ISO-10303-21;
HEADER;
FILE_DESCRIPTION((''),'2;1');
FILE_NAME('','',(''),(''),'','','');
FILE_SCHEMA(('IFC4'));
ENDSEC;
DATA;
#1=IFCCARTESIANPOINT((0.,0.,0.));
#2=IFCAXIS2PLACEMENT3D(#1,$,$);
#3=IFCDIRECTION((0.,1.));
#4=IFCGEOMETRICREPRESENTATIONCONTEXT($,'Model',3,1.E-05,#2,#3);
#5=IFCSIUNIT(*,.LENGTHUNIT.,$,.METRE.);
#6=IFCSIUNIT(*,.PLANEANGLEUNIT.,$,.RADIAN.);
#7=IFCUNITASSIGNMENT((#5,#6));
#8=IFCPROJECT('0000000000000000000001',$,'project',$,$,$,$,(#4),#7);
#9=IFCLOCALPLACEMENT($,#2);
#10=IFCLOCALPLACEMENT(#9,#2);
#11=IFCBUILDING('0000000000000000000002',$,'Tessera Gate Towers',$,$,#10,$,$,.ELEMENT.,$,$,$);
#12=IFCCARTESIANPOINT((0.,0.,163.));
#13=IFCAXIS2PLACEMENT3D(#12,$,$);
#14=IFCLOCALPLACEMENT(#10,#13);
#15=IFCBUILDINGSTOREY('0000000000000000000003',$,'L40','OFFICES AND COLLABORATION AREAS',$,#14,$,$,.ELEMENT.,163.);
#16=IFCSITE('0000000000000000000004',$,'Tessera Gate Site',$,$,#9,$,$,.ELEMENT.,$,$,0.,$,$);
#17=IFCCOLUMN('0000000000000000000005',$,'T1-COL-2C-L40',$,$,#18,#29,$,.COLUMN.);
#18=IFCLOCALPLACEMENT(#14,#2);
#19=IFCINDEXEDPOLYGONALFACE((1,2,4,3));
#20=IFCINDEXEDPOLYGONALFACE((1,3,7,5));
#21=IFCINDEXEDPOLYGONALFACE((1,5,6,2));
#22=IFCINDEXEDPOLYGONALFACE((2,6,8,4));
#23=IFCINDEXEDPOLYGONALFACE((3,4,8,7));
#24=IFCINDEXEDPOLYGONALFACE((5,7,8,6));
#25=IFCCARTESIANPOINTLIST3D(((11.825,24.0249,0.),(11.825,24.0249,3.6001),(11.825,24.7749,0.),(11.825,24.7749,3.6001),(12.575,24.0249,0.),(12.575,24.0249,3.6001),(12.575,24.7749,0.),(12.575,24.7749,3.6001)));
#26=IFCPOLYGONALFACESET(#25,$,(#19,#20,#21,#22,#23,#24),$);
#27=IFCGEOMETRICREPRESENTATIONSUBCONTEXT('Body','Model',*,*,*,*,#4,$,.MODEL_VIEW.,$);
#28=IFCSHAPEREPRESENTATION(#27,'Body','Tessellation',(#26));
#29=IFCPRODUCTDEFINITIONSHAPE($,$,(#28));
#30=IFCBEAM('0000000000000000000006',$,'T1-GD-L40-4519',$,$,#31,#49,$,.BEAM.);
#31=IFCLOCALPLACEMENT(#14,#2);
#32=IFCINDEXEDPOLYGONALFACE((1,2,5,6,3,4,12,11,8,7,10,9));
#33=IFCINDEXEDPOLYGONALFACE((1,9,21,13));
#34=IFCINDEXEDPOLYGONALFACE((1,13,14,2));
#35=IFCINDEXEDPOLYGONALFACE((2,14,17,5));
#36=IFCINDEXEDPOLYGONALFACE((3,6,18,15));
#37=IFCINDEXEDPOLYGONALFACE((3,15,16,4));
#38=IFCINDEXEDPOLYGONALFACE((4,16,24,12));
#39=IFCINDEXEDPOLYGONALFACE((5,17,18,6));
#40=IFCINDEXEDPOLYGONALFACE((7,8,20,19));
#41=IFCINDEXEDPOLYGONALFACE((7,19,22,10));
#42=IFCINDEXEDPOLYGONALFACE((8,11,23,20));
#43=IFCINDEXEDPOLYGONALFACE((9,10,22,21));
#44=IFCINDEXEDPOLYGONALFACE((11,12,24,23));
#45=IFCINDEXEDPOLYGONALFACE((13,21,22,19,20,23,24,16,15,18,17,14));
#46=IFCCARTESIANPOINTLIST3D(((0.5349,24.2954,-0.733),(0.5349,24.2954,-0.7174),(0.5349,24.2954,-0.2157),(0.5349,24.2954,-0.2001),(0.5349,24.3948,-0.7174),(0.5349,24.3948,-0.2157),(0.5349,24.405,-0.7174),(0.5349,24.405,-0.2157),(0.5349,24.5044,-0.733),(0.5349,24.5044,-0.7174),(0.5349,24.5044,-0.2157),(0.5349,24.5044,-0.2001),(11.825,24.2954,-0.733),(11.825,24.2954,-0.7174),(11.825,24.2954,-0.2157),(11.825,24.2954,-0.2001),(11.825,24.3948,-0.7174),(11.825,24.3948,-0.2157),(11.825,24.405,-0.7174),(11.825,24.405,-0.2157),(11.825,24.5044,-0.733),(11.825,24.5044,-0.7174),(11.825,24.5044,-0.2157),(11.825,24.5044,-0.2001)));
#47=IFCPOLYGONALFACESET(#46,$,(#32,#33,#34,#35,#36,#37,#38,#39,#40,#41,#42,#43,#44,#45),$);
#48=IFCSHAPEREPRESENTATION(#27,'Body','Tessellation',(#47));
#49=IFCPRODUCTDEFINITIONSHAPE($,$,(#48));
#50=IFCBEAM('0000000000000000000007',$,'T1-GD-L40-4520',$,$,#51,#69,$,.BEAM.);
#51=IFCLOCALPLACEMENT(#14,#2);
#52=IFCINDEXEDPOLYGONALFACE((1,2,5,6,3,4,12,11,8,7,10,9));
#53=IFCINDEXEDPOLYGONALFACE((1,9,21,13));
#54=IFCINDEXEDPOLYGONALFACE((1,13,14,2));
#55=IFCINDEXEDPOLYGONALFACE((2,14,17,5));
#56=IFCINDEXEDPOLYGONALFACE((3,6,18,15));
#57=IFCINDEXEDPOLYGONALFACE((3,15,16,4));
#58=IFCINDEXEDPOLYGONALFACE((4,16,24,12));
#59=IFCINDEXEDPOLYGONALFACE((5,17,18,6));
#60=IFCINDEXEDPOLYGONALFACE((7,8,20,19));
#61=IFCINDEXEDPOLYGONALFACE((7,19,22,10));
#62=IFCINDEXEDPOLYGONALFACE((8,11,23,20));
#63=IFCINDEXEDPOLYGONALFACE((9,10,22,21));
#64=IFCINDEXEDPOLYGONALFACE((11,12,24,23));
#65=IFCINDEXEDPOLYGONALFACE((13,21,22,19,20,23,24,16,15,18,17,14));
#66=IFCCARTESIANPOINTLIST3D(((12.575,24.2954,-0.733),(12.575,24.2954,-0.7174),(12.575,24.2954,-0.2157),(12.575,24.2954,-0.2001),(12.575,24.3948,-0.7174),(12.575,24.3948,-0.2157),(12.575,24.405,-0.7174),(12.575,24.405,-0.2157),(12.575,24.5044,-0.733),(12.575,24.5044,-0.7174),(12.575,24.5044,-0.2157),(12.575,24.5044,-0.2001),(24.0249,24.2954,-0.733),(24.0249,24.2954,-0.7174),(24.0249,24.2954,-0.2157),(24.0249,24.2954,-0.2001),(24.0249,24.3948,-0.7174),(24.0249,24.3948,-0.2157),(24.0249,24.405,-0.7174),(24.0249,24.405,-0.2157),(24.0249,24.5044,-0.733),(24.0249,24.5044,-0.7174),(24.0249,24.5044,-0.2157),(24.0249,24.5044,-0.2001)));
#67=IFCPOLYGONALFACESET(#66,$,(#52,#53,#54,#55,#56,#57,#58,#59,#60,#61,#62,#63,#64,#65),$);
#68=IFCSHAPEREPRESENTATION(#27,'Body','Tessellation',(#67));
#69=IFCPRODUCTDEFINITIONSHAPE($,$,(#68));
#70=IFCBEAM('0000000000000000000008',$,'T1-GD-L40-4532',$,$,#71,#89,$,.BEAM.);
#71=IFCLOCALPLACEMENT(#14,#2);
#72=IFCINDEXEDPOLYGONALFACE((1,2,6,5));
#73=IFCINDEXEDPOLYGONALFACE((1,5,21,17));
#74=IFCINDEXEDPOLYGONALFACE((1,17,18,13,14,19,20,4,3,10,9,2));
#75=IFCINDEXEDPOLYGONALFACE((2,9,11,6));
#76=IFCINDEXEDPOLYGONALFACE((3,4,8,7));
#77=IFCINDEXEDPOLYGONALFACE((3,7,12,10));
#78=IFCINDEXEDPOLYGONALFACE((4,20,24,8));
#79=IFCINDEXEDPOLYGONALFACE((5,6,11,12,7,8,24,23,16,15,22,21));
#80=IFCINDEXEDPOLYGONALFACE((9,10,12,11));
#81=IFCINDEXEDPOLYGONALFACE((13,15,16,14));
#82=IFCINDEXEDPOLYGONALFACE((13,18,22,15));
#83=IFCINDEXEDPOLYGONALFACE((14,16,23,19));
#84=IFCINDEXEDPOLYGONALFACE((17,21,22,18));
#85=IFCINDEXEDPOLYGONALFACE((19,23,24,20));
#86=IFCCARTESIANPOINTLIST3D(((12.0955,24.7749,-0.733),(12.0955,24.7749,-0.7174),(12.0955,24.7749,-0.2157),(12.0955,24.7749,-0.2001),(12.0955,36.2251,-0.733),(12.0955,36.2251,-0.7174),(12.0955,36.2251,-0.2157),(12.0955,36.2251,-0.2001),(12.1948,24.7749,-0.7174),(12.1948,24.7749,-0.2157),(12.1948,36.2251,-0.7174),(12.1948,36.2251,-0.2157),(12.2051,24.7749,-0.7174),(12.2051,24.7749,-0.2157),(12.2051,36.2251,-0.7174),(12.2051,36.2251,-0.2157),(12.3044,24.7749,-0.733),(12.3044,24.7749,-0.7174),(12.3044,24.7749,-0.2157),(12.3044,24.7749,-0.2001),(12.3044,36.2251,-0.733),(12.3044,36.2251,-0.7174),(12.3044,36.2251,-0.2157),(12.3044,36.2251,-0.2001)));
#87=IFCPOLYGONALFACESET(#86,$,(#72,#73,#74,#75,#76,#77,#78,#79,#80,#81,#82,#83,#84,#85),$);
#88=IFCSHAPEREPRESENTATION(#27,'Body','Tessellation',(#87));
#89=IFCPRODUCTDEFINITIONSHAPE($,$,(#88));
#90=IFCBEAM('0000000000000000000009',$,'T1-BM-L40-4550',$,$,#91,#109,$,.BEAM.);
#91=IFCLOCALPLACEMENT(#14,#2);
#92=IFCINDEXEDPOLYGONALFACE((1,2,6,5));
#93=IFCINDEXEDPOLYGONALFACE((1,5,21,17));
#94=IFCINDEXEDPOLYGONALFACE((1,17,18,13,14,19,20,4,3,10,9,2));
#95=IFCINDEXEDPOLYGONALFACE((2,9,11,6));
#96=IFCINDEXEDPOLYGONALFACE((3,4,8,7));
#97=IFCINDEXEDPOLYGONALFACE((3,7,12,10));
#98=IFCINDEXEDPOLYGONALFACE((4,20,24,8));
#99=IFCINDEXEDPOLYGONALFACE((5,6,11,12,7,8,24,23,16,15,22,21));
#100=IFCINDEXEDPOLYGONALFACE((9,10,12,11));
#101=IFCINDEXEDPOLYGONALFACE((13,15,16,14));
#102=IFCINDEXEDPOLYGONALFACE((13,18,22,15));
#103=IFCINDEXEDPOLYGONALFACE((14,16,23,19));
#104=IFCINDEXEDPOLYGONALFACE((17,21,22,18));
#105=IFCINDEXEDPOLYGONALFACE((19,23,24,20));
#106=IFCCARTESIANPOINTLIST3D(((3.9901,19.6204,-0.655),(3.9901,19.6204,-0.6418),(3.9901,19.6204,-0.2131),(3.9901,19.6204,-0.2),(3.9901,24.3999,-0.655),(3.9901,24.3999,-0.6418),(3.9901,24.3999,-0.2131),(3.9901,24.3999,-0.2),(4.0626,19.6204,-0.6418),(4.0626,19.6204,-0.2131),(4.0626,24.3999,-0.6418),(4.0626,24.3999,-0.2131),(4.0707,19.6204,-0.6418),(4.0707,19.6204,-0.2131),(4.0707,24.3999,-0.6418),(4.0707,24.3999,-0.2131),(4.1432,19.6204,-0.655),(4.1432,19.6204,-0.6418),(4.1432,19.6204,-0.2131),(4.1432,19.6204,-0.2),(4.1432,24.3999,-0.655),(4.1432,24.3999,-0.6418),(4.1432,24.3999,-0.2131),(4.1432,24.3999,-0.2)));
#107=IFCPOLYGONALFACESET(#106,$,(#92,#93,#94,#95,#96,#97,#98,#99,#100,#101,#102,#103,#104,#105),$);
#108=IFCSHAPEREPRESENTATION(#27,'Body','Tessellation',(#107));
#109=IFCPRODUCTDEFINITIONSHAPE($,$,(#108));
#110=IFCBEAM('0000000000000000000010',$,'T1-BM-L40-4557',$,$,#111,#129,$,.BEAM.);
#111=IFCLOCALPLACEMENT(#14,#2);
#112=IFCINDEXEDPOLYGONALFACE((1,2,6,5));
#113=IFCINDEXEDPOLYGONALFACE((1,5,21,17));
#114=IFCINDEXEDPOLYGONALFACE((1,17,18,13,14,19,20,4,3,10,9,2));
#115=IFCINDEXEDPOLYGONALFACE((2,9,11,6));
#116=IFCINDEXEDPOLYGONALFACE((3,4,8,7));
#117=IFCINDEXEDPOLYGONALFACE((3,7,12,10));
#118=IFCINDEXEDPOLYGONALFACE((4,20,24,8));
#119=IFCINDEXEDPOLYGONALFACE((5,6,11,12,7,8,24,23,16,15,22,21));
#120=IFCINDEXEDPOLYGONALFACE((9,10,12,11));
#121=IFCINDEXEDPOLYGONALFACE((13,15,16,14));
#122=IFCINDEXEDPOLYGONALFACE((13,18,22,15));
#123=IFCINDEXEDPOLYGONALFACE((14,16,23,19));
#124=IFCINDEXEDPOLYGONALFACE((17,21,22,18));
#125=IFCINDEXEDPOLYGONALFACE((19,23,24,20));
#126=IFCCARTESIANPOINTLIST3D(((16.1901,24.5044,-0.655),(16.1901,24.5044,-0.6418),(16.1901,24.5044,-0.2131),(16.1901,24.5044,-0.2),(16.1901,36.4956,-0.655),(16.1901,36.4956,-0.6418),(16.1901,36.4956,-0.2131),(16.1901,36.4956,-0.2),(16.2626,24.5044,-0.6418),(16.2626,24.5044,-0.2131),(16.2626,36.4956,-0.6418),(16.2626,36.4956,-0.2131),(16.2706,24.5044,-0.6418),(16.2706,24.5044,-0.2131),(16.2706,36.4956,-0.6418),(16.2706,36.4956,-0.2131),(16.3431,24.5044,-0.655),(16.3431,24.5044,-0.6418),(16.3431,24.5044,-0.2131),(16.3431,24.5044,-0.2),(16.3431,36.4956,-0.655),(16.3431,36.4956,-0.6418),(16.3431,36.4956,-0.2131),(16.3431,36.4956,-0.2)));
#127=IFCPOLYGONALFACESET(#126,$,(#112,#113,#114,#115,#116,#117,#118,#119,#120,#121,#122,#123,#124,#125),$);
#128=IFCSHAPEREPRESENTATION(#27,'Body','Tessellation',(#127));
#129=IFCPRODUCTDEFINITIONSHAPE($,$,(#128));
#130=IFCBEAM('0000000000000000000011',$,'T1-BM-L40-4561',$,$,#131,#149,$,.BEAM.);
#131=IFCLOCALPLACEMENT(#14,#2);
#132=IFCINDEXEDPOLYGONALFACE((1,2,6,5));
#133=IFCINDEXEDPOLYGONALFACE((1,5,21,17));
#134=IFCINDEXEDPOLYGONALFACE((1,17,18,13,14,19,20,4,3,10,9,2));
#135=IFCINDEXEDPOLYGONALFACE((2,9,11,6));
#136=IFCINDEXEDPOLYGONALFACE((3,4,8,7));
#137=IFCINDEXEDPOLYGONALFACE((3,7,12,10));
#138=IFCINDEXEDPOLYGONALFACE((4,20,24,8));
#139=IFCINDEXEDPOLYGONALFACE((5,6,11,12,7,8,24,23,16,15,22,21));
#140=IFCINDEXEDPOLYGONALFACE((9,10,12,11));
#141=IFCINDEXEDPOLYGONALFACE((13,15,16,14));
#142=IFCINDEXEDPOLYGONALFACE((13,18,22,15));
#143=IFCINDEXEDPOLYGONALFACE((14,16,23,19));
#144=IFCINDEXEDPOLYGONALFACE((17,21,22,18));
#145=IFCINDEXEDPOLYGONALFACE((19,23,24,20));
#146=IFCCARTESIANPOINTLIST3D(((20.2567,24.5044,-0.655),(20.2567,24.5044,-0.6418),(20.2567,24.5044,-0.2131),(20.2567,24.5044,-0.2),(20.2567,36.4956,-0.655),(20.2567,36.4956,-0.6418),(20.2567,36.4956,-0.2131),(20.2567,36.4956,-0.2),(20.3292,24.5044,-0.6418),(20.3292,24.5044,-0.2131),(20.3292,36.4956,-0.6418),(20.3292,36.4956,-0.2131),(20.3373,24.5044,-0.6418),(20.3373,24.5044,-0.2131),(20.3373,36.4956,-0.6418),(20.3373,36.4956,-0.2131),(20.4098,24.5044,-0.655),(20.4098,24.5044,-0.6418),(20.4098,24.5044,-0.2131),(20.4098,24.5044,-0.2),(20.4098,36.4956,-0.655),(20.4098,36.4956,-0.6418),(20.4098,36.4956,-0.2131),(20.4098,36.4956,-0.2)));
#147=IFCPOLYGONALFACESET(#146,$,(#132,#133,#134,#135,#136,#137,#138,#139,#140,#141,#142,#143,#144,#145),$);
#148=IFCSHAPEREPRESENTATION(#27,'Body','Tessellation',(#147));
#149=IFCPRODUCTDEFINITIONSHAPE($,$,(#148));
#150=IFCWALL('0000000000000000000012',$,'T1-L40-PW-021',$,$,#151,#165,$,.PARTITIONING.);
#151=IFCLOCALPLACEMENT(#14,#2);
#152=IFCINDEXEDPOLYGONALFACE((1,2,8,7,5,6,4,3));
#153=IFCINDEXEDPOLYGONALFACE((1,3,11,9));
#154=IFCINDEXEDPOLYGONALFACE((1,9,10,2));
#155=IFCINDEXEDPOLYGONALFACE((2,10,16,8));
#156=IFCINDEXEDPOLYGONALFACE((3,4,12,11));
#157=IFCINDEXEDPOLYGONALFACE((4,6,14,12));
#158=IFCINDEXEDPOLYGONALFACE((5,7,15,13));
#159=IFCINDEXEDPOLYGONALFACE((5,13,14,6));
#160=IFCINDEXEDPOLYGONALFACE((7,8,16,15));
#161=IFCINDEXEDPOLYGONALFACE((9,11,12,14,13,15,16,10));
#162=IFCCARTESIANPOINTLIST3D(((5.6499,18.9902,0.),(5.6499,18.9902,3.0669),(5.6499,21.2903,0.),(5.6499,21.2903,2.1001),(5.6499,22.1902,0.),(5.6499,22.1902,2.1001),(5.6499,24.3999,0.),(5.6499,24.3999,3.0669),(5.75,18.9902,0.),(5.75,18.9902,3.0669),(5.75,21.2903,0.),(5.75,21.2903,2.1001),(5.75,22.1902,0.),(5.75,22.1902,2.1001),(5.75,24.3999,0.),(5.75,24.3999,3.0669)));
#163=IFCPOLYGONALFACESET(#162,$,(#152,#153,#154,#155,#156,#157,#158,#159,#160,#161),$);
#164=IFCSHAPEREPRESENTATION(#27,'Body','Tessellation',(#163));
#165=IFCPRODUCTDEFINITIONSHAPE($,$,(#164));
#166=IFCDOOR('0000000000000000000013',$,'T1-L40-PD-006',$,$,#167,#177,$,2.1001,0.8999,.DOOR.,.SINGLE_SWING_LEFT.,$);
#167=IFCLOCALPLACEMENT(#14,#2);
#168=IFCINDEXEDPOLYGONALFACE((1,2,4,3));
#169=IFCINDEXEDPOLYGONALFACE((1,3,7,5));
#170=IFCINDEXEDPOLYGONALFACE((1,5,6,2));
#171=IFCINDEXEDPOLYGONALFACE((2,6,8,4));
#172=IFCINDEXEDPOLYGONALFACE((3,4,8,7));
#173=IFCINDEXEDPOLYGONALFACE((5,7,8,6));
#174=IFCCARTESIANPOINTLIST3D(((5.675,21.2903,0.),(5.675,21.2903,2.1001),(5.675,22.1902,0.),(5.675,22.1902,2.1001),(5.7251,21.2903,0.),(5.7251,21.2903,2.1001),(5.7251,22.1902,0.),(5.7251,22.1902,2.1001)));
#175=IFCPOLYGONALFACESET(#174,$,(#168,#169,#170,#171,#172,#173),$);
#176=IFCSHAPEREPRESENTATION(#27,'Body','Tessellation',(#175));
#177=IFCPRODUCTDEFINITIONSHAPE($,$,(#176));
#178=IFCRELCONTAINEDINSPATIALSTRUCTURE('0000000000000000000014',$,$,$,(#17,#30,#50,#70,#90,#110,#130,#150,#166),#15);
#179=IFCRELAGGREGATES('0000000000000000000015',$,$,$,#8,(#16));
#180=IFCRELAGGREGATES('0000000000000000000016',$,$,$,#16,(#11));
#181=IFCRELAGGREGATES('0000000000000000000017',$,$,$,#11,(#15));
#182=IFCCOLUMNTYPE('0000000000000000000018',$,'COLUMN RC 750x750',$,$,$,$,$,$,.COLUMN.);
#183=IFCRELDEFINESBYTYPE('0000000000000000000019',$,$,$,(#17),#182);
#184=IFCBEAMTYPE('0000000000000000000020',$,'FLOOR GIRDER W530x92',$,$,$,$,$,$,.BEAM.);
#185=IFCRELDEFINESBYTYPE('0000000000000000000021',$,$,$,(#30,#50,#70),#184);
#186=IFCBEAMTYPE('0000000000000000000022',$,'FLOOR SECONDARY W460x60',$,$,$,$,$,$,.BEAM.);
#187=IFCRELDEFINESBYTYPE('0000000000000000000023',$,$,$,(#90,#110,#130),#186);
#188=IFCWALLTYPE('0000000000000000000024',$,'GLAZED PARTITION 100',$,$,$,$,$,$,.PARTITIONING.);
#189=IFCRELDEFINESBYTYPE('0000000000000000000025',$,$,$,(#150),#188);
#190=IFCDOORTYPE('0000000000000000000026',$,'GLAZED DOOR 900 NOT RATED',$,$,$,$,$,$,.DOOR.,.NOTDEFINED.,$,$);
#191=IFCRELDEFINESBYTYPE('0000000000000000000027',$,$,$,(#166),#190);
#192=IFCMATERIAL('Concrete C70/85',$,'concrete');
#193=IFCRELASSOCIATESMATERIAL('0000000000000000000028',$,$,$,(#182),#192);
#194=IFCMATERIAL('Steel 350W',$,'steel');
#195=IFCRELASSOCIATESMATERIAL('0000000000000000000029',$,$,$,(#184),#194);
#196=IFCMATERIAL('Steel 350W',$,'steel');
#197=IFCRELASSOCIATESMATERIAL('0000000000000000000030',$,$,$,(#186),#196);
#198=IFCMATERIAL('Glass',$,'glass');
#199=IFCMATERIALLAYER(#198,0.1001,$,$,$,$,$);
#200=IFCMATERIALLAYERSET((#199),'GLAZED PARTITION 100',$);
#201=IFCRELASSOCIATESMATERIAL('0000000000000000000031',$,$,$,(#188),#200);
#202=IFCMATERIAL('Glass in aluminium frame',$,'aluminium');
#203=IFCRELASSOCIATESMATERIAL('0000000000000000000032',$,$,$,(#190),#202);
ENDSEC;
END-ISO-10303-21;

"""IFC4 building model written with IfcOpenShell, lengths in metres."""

from ifc_helpers import new_model, si_unit, direction, frame, frame_2d, origin, origin_2d, place, context, subcontext, project, spatial, rectangle, i_section, extrude, source, transform, mapped, material, layer, layer_set, material_profile, profile_set, type_object, element, fill, save


model = new_model("IFC4")

# Units and contexts
model_context = context("Model", 3, precision=1e-05, world=origin(), true_north=direction((0.0, 1.0)))
body_context = subcontext(model_context, "Body", "Model", "MODEL_VIEW")
ifc_project = project(units=[si_unit("LENGTHUNIT", "METRE"), si_unit("PLANEANGLEUNIT", "RADIAN")], contexts=[model_context])

# Site, building, storey
site_placement = place(None, origin())
site = spatial("IfcSite", under=ifc_project, at=site_placement, Name="Tessera Gate Site", CompositionType="ELEMENT", RefElevation=0.0)
building_placement = place(site_placement, origin())
building = spatial("IfcBuilding", under=site, at=building_placement, Name="Tessera Gate Towers", CompositionType="ELEMENT")
storey_placement = place(building_placement, frame((0.0, 0.0, 163.0)))
storey = spatial("IfcBuildingStorey", under=building, at=storey_placement, Name="L40", Description="OFFICES AND COLLABORATION AREAS", CompositionType="ELEMENT", Elevation=163.0)

# Column
ifc_material_1 = material(Name="Concrete C70/85", Category="concrete")
ifc_material_profile_1 = material_profile(ifc_material_1, rectangle(XDim=0.75, YDim=0.75, at=origin_2d()), Name="RC 750x750")
ifc_profile_set_1 = profile_set([ifc_material_profile_1], Name="Concrete C70/85")
column_type = type_object("IfcColumnType", Name="COLUMN RC 750x750", PredefinedType="COLUMN", material=ifc_profile_set_1)
column_placement = place(storey_placement, frame((12.2, 24.3999, 0.0), z_axis=(0.0, 0.0, 1.0), x_axis=(1.0, 0.0, 0.0)))
element("IfcColumn", 1, at=column_placement, inside=storey, type_object=column_type, Name="T1-COL-2C-L40", PredefinedType="COLUMN", context=body_context, shape_type="SweptSolid", body=[
    extrude(rectangle(XDim=0.75, YDim=0.75, at=origin_2d()), origin(), (0.0, 0.0, 1.0), 3.6001),
])

# Beams
ifc_material_2 = material(Name="Steel 350W", Category="steel")
ifc_material_profile_2 = material_profile(ifc_material_2, i_section(OverallWidth=0.209, OverallDepth=0.533, WebThickness=0.0103, FlangeThickness=0.0156, at=origin_2d()), Name="W530x92")
ifc_profile_set_2 = profile_set([ifc_material_profile_2], Name="Steel 350W")
beam_type_1 = type_object("IfcBeamType", Name="FLOOR GIRDER W530x92", PredefinedType="BEAM", material=ifc_profile_set_2)
beam_1_placement = place(storey_placement, frame((0.5349, 24.3999, -0.4666), z_axis=(1.0, 0.0, 0.0), x_axis=(0.0, 1.0, 0.0)))
element("IfcBeam", 2, at=beam_1_placement, inside=storey, type_object=beam_type_1, Name="T1-GD-L40-4519", PredefinedType="BEAM", context=body_context, shape_type="SweptSolid", body=[
    extrude(i_section(OverallWidth=0.209, OverallDepth=0.533, WebThickness=0.0103, FlangeThickness=0.0156, at=origin_2d()), origin(), (0.0, 0.0, 1.0), 11.29),
])
beam_2_placement = place(storey_placement, frame((12.575, 24.3999, -0.4666), z_axis=(1.0, 0.0, 0.0), x_axis=(0.0, 1.0, 0.0)))
element("IfcBeam", 3, at=beam_2_placement, inside=storey, type_object=beam_type_1, Name="T1-GD-L40-4520", PredefinedType="BEAM", context=body_context, shape_type="SweptSolid", body=[
    extrude(i_section(OverallWidth=0.209, OverallDepth=0.533, WebThickness=0.0103, FlangeThickness=0.0156, at=origin_2d()), origin(), (0.0, 0.0, 1.0), 11.45),
])
beam_3_placement = place(storey_placement, frame((12.2, 24.7749, -0.4666), z_axis=(0.0, 1.0, 0.0), x_axis=(-1.0, 0.0, 0.0)))
element("IfcBeam", 4, at=beam_3_placement, inside=storey, type_object=beam_type_1, Name="T1-GD-L40-4532", PredefinedType="BEAM", context=body_context, shape_type="SweptSolid", body=[
    extrude(i_section(OverallWidth=0.209, OverallDepth=0.533, WebThickness=0.0103, FlangeThickness=0.0156, at=origin_2d()), origin(), (0.0, 0.0, 1.0), 11.4502),
])
ifc_material_3 = material(Name="Steel 350W", Category="steel")
ifc_material_profile_3 = material_profile(ifc_material_3, i_section(OverallWidth=0.1531, OverallDepth=0.4551, WebThickness=0.0081, FlangeThickness=0.0132, at=origin_2d()), Name="W460x60")
ifc_profile_set_3 = profile_set([ifc_material_profile_3], Name="Steel 350W")
beam_type_2 = type_object("IfcBeamType", Name="FLOOR SECONDARY W460x60", PredefinedType="BEAM", material=ifc_profile_set_3)
beam_4_placement = place(storey_placement, frame((4.0667, 19.6204, -0.4275), z_axis=(0.0, 1.0, 0.0), x_axis=(-1.0, 0.0, 0.0)))
element("IfcBeam", 5, at=beam_4_placement, inside=storey, type_object=beam_type_2, Name="T1-BM-L40-4550", PredefinedType="BEAM", context=body_context, shape_type="SweptSolid", body=[
    extrude(i_section(OverallWidth=0.1531, OverallDepth=0.4551, WebThickness=0.0081, FlangeThickness=0.0132, at=origin_2d()), origin(), (0.0, 0.0, 1.0), 4.7795),
])
for number, where, z_axis, x_axis, name in (
    (6, (16.2666, 24.5044, -0.4275), (0.0, 1.0, 0.0), (-1.0, 0.0, 0.0), "T1-BM-L40-4557"),
    (7, (20.3333, 24.5044, -0.4275), (0.0, 1.0, 0.0), (-1.0, 0.0, 0.0), "T1-BM-L40-4561"),
):
    element("IfcBeam", number, at=place(storey_placement, frame(where, z_axis=z_axis, x_axis=x_axis)), inside=storey, type_object=beam_type_2, Name=name, PredefinedType="BEAM", context=body_context, shape_type="SweptSolid", body=[
        extrude(i_section(OverallWidth=0.1531, OverallDepth=0.4551, WebThickness=0.0081, FlangeThickness=0.0132, at=origin_2d()), origin(), (0.0, 0.0, 1.0), 11.9912),
    ])

# Wall, opening, door
ifc_material_4 = material(Name="Glass", Category="glass")
ifc_layer_1 = layer(ifc_material_4, 0.1001)
ifc_layer_set_1 = layer_set([ifc_layer_1], Name="GLAZED PARTITION 100")
wall_type_1 = type_object("IfcWallType", Name="GLAZED PARTITION 100", PredefinedType="PARTITIONING", material=ifc_layer_set_1)
wall_1_placement = place(storey_placement, frame((5.7, 18.9902, 0.0), z_axis=(0.0, 0.0, 1.0), x_axis=(0.0, 1.0, 0.0)))
wall_1 = element("IfcWall", 8, at=wall_1_placement, inside=storey, type_object=wall_type_1, Name="T1-L40-PW-021", PredefinedType="PARTITIONING", context=body_context, shape_type="SweptSolid", body=[
    extrude(rectangle(XDim=5.4097, YDim=0.1001, at=frame_2d((2.7048, 0.0))), origin(), (0.0, 0.0, 1.0), 3.0669),
])
shared_shape_1 = source(origin(), body_context, "Body", "SweptSolid", [
    extrude(rectangle(XDim=0.8999, YDim=2.1001, at=frame_2d((0.45, 1.05))), frame((0.0, 0.0601, 0.0), z_axis=(0.0, -1.0, 0.0), x_axis=(1.0, 0.0, 0.0)), (0.0, 0.0, 1.0), 0.1201),
])
opening_1_placement = place(wall_1_placement, frame((2.3, 0.0, 0.0)))
opening_1 = element("IfcOpeningElement", 9, at=opening_1_placement, cuts=wall_1, PredefinedType="OPENING", context=body_context, shape_type="MappedRepresentation", body=[
    mapped(shared_shape_1, transform((0.0, 0.0, 0.0), scale=1.0)),
])
ifc_material_5 = material(Name="Glass in aluminium frame", Category="aluminium")
door_type_1 = type_object("IfcDoorType", Name="GLAZED DOOR 900 NOT RATED", OperationType="NOTDEFINED", PredefinedType="DOOR", material=ifc_material_5)
shared_shape_2 = source(origin(), body_context, "Body", "SweptSolid", [
    extrude(rectangle(XDim=0.8999, YDim=2.1001, at=frame_2d((0.45, 1.05))), frame((0.0, 0.0249, 0.0), z_axis=(0.0, -1.0, 0.0), x_axis=(1.0, 0.0, 0.0)), (0.0, 0.0, 1.0), 0.05),
])
door_1_placement = place(opening_1_placement, origin())
door_1 = element("IfcDoor", 10, at=door_1_placement, inside=storey, type_object=door_type_1, Name="T1-L40-PD-006", OperationType="SINGLE_SWING_LEFT", OverallHeight=2.1001, OverallWidth=0.8999, PredefinedType="DOOR", context=body_context, shape_type="MappedRepresentation", body=[
    mapped(shared_shape_2, transform((0.0, 0.0, 0.0), scale=1.0)),
])
fill(opening_1, door_1)

save(model, "model.ifc")
